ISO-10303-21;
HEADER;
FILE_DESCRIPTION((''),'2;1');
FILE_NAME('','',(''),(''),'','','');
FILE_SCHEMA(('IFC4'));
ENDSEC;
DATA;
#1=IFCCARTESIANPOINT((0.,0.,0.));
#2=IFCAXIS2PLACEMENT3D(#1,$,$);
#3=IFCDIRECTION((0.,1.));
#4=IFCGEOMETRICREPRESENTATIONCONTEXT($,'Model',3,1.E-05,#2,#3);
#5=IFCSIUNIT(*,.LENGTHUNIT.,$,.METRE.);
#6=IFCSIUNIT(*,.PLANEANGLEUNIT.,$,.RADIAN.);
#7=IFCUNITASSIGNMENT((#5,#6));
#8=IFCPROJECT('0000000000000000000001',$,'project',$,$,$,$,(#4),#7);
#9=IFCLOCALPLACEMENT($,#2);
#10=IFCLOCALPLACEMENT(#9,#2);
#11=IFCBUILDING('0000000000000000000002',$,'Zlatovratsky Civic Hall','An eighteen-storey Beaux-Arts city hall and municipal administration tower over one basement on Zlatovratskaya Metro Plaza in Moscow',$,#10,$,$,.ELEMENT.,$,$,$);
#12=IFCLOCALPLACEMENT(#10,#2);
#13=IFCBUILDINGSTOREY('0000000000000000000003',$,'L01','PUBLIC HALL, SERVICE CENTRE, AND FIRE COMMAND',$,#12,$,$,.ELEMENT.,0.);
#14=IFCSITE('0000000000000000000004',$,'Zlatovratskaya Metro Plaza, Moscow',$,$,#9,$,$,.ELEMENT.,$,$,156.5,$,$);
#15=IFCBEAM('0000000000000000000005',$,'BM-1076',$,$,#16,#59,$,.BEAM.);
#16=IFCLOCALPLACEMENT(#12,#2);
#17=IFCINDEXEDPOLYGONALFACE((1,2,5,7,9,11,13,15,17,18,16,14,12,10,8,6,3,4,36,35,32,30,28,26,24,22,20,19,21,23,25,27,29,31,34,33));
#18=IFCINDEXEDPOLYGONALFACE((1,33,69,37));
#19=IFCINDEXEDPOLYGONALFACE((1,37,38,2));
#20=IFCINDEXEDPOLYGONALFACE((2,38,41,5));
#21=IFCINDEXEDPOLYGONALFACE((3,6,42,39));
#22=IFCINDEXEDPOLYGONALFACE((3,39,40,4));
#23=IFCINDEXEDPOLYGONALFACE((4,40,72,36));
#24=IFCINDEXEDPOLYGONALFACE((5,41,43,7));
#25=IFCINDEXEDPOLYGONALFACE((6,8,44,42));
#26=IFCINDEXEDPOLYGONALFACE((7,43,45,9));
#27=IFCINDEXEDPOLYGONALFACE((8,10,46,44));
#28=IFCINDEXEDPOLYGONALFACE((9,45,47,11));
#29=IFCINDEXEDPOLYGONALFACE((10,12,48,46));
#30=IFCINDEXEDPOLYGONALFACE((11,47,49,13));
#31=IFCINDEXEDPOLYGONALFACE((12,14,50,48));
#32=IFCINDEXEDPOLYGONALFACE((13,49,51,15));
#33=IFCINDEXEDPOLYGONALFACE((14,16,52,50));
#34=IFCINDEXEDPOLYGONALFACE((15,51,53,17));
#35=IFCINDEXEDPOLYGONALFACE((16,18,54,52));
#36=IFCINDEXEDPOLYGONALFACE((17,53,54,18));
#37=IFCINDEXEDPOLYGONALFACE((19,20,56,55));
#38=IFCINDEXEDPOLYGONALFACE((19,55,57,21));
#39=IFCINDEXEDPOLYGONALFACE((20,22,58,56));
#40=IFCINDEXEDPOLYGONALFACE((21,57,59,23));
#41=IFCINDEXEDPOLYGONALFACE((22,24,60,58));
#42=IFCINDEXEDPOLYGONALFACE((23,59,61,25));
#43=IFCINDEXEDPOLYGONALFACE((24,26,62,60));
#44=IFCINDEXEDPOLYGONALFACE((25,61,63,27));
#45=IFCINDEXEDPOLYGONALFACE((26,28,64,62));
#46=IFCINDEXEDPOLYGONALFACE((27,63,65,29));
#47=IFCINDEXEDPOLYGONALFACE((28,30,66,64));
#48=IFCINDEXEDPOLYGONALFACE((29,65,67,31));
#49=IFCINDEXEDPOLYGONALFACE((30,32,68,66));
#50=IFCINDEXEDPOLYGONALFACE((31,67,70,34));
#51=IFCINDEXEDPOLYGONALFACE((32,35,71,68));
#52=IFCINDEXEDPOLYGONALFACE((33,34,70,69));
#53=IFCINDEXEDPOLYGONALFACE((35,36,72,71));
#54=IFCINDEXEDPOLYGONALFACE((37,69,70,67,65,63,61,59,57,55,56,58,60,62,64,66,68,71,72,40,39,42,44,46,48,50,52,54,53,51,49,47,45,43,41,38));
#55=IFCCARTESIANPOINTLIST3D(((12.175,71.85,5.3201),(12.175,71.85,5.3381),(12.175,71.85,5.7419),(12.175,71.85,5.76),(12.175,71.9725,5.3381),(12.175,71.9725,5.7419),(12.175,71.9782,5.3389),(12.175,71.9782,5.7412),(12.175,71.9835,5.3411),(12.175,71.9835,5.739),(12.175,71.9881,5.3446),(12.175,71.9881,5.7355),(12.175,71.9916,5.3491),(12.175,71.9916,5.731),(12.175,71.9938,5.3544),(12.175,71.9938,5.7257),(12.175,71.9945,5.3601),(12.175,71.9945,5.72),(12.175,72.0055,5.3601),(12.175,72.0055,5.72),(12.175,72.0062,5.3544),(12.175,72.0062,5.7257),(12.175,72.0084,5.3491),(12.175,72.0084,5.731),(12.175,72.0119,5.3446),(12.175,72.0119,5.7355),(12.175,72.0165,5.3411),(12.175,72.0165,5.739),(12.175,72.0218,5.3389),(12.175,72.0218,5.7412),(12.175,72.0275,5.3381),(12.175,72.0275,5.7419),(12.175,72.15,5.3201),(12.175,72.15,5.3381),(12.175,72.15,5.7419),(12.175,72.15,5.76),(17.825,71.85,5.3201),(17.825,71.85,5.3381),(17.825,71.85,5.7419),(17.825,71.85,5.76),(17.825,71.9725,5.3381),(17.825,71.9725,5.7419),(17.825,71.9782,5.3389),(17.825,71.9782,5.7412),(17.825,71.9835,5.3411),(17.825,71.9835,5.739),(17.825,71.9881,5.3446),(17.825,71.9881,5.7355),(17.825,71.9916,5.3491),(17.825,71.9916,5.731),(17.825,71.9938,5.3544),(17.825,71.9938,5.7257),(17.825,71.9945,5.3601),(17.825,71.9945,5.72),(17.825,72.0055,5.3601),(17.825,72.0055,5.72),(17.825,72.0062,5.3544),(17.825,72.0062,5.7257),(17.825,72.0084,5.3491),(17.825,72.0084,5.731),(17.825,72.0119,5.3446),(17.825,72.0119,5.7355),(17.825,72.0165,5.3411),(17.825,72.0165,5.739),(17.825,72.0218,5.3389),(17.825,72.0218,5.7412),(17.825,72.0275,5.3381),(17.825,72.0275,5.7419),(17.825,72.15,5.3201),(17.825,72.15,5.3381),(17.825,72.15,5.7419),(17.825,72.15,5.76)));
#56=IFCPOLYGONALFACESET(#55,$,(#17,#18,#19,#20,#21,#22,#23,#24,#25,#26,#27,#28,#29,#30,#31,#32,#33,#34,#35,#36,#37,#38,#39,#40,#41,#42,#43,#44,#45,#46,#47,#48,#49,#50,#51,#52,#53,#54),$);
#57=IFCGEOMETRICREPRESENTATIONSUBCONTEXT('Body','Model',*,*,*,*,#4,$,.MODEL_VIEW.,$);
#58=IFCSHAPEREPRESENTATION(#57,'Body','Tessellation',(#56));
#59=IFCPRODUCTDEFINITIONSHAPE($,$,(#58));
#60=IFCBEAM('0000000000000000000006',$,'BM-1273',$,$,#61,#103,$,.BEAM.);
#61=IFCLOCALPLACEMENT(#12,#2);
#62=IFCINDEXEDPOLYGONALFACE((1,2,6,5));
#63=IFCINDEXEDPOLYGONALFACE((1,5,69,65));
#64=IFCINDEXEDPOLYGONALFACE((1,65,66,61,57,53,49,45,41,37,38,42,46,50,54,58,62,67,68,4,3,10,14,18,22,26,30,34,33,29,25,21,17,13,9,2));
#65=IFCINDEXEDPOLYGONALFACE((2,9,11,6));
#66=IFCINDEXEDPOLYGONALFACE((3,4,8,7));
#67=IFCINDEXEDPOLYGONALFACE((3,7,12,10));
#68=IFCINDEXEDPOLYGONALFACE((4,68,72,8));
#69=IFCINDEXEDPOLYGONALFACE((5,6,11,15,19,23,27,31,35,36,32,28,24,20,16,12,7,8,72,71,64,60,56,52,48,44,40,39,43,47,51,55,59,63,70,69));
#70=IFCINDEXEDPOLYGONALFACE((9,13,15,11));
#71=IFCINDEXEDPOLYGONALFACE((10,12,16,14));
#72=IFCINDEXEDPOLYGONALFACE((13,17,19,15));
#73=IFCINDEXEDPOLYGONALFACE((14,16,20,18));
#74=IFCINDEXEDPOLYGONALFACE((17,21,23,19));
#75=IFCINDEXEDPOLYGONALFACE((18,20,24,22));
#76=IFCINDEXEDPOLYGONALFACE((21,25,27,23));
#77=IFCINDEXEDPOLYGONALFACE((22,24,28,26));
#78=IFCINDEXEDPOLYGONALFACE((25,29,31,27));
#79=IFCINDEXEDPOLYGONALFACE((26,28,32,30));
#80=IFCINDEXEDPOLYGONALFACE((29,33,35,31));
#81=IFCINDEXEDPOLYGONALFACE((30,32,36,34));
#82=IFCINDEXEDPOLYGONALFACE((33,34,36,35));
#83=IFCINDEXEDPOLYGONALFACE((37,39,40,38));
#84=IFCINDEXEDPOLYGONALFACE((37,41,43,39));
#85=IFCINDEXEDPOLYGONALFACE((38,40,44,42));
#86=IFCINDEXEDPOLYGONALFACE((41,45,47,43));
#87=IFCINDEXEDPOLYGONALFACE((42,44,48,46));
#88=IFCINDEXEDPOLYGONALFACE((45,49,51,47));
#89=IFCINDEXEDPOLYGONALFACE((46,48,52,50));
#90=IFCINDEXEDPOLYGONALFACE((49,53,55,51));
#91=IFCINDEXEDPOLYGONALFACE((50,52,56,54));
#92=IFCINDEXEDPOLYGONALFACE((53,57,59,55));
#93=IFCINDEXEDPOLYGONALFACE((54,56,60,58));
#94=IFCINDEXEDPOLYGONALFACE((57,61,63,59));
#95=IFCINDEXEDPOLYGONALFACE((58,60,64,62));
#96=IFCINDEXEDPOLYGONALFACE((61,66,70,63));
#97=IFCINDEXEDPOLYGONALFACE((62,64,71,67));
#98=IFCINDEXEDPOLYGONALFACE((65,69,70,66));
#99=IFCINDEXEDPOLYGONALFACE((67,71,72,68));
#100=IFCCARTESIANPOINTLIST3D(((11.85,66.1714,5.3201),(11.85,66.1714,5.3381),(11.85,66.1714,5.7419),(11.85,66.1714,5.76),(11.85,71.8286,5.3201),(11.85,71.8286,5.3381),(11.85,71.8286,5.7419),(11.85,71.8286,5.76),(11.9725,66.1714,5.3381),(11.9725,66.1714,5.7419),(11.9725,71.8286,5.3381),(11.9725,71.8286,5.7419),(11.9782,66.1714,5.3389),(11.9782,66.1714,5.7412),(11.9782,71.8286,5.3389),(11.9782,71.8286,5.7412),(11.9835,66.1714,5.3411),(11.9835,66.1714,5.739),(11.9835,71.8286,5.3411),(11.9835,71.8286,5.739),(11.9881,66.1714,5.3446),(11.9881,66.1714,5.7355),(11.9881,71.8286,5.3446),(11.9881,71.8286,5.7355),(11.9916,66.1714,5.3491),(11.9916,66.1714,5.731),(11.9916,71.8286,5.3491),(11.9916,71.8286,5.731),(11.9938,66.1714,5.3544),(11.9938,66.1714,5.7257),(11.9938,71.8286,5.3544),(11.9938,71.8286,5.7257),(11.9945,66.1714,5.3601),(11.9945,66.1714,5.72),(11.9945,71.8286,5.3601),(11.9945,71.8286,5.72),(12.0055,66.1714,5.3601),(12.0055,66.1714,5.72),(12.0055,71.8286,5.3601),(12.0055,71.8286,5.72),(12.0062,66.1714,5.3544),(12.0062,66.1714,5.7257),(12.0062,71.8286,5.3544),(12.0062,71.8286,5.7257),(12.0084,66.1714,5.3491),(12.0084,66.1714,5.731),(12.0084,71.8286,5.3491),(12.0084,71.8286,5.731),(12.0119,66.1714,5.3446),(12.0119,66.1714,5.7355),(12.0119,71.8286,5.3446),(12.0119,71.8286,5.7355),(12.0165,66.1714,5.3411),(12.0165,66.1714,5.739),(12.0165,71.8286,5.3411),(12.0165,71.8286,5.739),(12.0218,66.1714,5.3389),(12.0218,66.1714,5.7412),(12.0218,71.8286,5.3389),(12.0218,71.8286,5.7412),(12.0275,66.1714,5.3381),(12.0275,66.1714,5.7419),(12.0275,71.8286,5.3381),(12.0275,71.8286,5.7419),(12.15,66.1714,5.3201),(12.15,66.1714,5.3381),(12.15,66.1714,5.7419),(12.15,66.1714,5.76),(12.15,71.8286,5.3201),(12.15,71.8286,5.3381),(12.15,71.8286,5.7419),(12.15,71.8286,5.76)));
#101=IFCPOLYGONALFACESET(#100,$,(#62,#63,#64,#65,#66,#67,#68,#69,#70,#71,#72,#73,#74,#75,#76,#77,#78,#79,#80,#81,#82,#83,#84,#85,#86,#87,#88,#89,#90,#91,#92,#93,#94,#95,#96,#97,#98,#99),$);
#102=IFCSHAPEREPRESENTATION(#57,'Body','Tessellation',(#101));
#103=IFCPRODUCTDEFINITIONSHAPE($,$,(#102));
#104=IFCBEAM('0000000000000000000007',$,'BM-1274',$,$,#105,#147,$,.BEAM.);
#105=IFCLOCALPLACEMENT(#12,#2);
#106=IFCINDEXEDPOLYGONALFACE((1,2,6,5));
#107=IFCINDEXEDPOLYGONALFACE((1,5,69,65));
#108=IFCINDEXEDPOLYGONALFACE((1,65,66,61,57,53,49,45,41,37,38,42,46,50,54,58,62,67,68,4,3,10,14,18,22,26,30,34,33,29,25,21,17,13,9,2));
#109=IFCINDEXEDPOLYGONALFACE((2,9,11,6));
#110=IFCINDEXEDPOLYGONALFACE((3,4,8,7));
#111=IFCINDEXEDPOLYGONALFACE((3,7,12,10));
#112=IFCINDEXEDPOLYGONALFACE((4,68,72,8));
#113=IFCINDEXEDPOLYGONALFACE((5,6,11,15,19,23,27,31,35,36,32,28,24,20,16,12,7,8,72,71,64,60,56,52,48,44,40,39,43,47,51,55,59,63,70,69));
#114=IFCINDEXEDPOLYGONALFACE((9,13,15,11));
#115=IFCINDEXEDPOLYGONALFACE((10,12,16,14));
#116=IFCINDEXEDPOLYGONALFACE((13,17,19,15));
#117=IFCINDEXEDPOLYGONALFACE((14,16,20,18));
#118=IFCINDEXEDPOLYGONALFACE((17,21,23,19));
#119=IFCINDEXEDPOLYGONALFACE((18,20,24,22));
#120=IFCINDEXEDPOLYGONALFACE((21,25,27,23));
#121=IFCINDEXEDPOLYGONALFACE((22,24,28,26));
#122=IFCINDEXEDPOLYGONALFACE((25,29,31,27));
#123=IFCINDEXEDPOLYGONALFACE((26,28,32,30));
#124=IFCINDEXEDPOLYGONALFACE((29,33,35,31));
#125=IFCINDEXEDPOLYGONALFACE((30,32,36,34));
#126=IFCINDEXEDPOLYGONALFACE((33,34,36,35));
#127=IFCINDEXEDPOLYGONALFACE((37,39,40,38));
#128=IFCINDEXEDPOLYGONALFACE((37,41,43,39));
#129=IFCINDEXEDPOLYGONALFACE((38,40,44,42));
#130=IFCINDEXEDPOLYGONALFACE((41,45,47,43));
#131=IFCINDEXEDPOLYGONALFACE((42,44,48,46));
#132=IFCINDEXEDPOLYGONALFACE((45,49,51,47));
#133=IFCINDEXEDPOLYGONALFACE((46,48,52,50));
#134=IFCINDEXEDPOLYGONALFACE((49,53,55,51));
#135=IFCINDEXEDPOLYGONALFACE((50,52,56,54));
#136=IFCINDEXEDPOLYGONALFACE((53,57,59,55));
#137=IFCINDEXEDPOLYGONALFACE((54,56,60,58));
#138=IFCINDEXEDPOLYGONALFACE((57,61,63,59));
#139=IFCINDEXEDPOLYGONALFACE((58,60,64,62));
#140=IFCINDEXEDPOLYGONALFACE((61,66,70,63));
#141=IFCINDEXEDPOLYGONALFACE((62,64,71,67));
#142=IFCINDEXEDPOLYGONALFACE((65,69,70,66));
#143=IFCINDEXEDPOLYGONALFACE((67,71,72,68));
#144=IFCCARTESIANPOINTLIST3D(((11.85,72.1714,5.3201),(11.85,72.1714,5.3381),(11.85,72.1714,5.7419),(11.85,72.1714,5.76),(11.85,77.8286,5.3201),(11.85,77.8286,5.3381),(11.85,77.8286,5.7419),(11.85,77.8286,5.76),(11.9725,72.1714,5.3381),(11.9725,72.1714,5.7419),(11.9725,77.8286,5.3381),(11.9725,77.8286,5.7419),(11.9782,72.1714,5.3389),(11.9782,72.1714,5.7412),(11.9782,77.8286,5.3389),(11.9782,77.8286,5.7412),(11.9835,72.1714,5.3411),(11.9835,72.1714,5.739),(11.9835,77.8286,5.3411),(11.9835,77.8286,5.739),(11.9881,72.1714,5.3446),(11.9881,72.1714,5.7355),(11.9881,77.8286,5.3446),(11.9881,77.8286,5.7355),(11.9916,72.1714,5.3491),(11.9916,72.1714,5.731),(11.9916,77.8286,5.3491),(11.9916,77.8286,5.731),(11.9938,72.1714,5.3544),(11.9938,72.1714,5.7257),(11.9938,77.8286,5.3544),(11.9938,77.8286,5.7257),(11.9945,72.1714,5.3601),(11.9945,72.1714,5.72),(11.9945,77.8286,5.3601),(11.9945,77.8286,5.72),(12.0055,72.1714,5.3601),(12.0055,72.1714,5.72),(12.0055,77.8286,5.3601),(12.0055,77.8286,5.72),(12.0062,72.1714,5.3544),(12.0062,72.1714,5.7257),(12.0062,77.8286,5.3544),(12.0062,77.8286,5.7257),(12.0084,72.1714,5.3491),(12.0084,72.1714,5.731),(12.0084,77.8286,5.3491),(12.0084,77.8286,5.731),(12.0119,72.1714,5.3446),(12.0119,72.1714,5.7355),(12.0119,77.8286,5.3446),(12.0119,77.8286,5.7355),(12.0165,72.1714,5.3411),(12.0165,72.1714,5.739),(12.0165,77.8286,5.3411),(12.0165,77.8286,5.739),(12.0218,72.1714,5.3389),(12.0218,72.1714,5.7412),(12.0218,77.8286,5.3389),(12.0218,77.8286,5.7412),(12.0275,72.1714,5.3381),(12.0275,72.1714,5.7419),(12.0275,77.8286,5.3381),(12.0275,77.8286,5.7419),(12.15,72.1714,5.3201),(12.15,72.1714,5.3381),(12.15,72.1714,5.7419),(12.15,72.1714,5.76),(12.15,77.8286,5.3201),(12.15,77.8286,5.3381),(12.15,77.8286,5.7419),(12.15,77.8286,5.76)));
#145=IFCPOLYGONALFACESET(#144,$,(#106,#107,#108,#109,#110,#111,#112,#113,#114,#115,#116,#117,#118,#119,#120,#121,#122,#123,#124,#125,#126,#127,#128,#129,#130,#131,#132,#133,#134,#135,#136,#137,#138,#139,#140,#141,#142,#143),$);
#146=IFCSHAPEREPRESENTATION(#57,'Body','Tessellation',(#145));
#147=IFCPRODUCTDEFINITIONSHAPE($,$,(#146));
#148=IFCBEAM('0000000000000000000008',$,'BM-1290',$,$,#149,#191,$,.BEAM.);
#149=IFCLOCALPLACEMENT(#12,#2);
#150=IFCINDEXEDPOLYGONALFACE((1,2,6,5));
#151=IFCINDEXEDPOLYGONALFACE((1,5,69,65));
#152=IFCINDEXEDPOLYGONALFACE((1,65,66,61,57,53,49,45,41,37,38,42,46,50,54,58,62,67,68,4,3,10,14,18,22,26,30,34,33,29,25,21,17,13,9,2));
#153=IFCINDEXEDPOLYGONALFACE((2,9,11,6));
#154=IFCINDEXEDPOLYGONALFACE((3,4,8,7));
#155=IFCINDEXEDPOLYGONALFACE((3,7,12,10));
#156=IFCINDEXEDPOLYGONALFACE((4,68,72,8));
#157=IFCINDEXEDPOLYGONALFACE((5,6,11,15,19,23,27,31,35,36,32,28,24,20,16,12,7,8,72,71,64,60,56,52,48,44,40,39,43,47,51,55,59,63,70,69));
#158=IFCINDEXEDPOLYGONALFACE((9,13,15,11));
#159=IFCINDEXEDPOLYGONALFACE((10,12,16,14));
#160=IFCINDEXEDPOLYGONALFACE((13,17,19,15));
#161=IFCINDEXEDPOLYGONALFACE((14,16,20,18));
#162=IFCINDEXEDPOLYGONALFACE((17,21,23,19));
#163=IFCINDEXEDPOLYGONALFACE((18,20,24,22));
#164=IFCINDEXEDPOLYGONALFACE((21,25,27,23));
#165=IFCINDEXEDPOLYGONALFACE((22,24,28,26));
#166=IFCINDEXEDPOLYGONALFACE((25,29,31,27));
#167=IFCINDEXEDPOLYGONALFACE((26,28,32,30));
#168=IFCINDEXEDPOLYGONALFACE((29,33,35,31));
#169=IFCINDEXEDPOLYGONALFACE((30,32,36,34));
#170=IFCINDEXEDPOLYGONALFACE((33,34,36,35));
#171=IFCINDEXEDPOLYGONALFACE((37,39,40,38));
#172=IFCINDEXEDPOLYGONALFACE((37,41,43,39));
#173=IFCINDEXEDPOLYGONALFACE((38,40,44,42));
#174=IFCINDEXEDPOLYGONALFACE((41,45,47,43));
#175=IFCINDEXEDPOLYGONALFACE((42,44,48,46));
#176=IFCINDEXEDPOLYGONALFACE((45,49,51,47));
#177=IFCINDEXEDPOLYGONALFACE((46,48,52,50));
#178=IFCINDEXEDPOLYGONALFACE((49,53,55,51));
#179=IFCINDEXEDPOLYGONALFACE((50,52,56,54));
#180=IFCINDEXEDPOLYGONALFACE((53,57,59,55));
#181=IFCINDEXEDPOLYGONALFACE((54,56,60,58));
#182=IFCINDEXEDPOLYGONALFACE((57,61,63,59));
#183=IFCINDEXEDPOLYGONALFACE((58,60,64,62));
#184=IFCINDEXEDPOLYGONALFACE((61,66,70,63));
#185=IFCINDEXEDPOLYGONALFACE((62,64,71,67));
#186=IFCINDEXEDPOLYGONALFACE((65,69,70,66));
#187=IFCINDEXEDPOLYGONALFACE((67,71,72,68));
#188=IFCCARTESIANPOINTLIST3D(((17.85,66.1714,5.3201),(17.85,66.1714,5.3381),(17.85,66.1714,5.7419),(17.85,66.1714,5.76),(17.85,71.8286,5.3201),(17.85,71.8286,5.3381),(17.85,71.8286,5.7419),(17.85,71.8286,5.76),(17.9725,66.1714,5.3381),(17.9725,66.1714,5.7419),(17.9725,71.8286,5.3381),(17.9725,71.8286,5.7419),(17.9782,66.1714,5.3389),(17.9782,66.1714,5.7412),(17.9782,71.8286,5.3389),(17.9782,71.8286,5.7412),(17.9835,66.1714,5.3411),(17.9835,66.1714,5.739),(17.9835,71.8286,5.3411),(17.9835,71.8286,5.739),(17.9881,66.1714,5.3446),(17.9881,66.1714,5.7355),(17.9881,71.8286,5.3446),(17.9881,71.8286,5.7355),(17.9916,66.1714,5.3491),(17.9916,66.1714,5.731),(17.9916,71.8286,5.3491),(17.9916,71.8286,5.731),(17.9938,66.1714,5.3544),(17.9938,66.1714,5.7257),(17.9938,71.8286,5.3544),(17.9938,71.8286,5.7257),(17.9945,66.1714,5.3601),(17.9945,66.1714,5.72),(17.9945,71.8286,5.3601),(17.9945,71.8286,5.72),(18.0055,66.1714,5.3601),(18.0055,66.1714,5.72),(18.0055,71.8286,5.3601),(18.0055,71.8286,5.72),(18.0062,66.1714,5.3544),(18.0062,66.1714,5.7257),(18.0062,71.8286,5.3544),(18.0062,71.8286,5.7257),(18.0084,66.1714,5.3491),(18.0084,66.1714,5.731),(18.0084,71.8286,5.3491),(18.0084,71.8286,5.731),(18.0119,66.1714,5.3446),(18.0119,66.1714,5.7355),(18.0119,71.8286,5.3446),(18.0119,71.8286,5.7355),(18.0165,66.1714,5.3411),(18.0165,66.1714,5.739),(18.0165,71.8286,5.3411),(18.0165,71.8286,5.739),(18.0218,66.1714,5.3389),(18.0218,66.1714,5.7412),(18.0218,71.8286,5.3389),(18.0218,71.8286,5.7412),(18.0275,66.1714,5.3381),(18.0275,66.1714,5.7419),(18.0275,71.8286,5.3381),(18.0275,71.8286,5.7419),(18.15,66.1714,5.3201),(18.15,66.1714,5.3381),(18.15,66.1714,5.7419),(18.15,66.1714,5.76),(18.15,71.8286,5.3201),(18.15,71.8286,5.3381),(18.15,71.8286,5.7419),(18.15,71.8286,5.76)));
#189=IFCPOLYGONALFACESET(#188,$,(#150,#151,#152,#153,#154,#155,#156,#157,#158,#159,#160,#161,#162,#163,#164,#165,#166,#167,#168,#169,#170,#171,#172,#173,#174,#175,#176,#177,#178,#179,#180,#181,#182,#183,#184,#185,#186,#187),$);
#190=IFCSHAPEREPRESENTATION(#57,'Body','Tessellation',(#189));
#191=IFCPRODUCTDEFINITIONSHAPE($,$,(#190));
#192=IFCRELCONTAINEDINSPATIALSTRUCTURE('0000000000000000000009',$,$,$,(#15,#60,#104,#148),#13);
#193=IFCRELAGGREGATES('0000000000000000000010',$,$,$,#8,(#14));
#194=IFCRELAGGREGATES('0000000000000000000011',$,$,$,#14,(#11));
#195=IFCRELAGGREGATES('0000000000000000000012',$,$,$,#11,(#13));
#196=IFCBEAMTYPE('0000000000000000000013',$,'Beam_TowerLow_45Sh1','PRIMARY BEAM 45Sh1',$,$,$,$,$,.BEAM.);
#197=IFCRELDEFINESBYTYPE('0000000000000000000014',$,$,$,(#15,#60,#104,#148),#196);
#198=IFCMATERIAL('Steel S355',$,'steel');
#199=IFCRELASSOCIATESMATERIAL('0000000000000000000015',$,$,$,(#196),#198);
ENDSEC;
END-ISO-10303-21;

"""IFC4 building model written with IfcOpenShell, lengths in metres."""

from ifc_helpers import new_model, si_unit, direction, frame, origin, origin_2d, place, context, subcontext, project, spatial, i_section, extrude, material, material_profile, profile_set, type_object, element, save


model = new_model("IFC4")

# Units and contexts
model_context = context("Model", 3, precision=1e-05, world=origin(), true_north=direction((0.0, 1.0)))
body_context = subcontext(model_context, "Body", "Model", "MODEL_VIEW")
ifc_project = project(units=[si_unit("LENGTHUNIT", "METRE"), si_unit("PLANEANGLEUNIT", "RADIAN")], contexts=[model_context])

# Site, building, storey
site_placement = place(None, origin())
site = spatial("IfcSite", under=ifc_project, at=site_placement, Name="Zlatovratskaya Metro Plaza, Moscow", CompositionType="ELEMENT", RefElevation=156.5)
building_placement = place(site_placement, origin())
building = spatial("IfcBuilding", under=site, at=building_placement, Name="Zlatovratsky Civic Hall", Description="An eighteen-storey Beaux-Arts city hall and municipal administration tower over one basement on Zlatovratskaya Metro Plaza in Moscow", CompositionType="ELEMENT")
storey_placement = place(building_placement, origin())
storey = spatial("IfcBuildingStorey", under=building, at=storey_placement, Name="L01", Description="PUBLIC HALL, SERVICE CENTRE, AND FIRE COMMAND", CompositionType="ELEMENT", Elevation=0.0)

# Shared definitions
ifc_material_1 = material(Name="Steel S355", Category="steel")

# Beams
ifc_material_profile_1 = material_profile(ifc_material_1, i_section(OverallWidth=0.3, OverallDepth=0.4399, WebThickness=0.011, FlangeThickness=0.0181, FilletRadius=0.022, at=origin_2d()), Name="45Sh1")
ifc_profile_set_1 = profile_set([ifc_material_profile_1], Name="Steel S355")
beam_type_1 = type_object("IfcBeamType", Name="Beam_TowerLow_45Sh1", Description="PRIMARY BEAM 45Sh1", PredefinedType="BEAM", material=ifc_profile_set_1)
for number, where, z_axis, x_axis, name in (
    (1, (12.175, 72.0, 5.54), (1.0, 0.0, 0.0), (0.0, 1.0, 0.0), "BM-1076"),
):
    element("IfcBeam", number, at=place(storey_placement, frame(where, z_axis=z_axis, x_axis=x_axis)), inside=storey, type_object=beam_type_1, Name=name, PredefinedType="BEAM", context=body_context, shape_type="SweptSolid", body=[
        extrude(i_section(OverallWidth=0.3, OverallDepth=0.4399, WebThickness=0.011, FlangeThickness=0.0181, FilletRadius=0.022, at=origin_2d()), origin(), (0.0, 0.0, 1.0), 5.6499),
    ])
for number, where, z_axis, x_axis, name in (
    (2, (12.0, 66.1714, 5.54), (0.0, 1.0, 0.0), (-1.0, 0.0, 0.0), "BM-1273"),
    (3, (12.0, 72.1714, 5.54), (0.0, 1.0, 0.0), (-1.0, 0.0, 0.0), "BM-1274"),
    (4, (18.0, 66.1714, 5.54), (0.0, 1.0, 0.0), (-1.0, 0.0, 0.0), "BM-1290"),
):
    element("IfcBeam", number, at=place(storey_placement, frame(where, z_axis=z_axis, x_axis=x_axis)), inside=storey, type_object=beam_type_1, Name=name, PredefinedType="BEAM", context=body_context, shape_type="SweptSolid", body=[
        extrude(i_section(OverallWidth=0.3, OverallDepth=0.4399, WebThickness=0.011, FlangeThickness=0.0181, FilletRadius=0.022, at=origin_2d()), origin(), (0.0, 0.0, 1.0), 5.6572),
    ])

save(model, "model.ifc")
